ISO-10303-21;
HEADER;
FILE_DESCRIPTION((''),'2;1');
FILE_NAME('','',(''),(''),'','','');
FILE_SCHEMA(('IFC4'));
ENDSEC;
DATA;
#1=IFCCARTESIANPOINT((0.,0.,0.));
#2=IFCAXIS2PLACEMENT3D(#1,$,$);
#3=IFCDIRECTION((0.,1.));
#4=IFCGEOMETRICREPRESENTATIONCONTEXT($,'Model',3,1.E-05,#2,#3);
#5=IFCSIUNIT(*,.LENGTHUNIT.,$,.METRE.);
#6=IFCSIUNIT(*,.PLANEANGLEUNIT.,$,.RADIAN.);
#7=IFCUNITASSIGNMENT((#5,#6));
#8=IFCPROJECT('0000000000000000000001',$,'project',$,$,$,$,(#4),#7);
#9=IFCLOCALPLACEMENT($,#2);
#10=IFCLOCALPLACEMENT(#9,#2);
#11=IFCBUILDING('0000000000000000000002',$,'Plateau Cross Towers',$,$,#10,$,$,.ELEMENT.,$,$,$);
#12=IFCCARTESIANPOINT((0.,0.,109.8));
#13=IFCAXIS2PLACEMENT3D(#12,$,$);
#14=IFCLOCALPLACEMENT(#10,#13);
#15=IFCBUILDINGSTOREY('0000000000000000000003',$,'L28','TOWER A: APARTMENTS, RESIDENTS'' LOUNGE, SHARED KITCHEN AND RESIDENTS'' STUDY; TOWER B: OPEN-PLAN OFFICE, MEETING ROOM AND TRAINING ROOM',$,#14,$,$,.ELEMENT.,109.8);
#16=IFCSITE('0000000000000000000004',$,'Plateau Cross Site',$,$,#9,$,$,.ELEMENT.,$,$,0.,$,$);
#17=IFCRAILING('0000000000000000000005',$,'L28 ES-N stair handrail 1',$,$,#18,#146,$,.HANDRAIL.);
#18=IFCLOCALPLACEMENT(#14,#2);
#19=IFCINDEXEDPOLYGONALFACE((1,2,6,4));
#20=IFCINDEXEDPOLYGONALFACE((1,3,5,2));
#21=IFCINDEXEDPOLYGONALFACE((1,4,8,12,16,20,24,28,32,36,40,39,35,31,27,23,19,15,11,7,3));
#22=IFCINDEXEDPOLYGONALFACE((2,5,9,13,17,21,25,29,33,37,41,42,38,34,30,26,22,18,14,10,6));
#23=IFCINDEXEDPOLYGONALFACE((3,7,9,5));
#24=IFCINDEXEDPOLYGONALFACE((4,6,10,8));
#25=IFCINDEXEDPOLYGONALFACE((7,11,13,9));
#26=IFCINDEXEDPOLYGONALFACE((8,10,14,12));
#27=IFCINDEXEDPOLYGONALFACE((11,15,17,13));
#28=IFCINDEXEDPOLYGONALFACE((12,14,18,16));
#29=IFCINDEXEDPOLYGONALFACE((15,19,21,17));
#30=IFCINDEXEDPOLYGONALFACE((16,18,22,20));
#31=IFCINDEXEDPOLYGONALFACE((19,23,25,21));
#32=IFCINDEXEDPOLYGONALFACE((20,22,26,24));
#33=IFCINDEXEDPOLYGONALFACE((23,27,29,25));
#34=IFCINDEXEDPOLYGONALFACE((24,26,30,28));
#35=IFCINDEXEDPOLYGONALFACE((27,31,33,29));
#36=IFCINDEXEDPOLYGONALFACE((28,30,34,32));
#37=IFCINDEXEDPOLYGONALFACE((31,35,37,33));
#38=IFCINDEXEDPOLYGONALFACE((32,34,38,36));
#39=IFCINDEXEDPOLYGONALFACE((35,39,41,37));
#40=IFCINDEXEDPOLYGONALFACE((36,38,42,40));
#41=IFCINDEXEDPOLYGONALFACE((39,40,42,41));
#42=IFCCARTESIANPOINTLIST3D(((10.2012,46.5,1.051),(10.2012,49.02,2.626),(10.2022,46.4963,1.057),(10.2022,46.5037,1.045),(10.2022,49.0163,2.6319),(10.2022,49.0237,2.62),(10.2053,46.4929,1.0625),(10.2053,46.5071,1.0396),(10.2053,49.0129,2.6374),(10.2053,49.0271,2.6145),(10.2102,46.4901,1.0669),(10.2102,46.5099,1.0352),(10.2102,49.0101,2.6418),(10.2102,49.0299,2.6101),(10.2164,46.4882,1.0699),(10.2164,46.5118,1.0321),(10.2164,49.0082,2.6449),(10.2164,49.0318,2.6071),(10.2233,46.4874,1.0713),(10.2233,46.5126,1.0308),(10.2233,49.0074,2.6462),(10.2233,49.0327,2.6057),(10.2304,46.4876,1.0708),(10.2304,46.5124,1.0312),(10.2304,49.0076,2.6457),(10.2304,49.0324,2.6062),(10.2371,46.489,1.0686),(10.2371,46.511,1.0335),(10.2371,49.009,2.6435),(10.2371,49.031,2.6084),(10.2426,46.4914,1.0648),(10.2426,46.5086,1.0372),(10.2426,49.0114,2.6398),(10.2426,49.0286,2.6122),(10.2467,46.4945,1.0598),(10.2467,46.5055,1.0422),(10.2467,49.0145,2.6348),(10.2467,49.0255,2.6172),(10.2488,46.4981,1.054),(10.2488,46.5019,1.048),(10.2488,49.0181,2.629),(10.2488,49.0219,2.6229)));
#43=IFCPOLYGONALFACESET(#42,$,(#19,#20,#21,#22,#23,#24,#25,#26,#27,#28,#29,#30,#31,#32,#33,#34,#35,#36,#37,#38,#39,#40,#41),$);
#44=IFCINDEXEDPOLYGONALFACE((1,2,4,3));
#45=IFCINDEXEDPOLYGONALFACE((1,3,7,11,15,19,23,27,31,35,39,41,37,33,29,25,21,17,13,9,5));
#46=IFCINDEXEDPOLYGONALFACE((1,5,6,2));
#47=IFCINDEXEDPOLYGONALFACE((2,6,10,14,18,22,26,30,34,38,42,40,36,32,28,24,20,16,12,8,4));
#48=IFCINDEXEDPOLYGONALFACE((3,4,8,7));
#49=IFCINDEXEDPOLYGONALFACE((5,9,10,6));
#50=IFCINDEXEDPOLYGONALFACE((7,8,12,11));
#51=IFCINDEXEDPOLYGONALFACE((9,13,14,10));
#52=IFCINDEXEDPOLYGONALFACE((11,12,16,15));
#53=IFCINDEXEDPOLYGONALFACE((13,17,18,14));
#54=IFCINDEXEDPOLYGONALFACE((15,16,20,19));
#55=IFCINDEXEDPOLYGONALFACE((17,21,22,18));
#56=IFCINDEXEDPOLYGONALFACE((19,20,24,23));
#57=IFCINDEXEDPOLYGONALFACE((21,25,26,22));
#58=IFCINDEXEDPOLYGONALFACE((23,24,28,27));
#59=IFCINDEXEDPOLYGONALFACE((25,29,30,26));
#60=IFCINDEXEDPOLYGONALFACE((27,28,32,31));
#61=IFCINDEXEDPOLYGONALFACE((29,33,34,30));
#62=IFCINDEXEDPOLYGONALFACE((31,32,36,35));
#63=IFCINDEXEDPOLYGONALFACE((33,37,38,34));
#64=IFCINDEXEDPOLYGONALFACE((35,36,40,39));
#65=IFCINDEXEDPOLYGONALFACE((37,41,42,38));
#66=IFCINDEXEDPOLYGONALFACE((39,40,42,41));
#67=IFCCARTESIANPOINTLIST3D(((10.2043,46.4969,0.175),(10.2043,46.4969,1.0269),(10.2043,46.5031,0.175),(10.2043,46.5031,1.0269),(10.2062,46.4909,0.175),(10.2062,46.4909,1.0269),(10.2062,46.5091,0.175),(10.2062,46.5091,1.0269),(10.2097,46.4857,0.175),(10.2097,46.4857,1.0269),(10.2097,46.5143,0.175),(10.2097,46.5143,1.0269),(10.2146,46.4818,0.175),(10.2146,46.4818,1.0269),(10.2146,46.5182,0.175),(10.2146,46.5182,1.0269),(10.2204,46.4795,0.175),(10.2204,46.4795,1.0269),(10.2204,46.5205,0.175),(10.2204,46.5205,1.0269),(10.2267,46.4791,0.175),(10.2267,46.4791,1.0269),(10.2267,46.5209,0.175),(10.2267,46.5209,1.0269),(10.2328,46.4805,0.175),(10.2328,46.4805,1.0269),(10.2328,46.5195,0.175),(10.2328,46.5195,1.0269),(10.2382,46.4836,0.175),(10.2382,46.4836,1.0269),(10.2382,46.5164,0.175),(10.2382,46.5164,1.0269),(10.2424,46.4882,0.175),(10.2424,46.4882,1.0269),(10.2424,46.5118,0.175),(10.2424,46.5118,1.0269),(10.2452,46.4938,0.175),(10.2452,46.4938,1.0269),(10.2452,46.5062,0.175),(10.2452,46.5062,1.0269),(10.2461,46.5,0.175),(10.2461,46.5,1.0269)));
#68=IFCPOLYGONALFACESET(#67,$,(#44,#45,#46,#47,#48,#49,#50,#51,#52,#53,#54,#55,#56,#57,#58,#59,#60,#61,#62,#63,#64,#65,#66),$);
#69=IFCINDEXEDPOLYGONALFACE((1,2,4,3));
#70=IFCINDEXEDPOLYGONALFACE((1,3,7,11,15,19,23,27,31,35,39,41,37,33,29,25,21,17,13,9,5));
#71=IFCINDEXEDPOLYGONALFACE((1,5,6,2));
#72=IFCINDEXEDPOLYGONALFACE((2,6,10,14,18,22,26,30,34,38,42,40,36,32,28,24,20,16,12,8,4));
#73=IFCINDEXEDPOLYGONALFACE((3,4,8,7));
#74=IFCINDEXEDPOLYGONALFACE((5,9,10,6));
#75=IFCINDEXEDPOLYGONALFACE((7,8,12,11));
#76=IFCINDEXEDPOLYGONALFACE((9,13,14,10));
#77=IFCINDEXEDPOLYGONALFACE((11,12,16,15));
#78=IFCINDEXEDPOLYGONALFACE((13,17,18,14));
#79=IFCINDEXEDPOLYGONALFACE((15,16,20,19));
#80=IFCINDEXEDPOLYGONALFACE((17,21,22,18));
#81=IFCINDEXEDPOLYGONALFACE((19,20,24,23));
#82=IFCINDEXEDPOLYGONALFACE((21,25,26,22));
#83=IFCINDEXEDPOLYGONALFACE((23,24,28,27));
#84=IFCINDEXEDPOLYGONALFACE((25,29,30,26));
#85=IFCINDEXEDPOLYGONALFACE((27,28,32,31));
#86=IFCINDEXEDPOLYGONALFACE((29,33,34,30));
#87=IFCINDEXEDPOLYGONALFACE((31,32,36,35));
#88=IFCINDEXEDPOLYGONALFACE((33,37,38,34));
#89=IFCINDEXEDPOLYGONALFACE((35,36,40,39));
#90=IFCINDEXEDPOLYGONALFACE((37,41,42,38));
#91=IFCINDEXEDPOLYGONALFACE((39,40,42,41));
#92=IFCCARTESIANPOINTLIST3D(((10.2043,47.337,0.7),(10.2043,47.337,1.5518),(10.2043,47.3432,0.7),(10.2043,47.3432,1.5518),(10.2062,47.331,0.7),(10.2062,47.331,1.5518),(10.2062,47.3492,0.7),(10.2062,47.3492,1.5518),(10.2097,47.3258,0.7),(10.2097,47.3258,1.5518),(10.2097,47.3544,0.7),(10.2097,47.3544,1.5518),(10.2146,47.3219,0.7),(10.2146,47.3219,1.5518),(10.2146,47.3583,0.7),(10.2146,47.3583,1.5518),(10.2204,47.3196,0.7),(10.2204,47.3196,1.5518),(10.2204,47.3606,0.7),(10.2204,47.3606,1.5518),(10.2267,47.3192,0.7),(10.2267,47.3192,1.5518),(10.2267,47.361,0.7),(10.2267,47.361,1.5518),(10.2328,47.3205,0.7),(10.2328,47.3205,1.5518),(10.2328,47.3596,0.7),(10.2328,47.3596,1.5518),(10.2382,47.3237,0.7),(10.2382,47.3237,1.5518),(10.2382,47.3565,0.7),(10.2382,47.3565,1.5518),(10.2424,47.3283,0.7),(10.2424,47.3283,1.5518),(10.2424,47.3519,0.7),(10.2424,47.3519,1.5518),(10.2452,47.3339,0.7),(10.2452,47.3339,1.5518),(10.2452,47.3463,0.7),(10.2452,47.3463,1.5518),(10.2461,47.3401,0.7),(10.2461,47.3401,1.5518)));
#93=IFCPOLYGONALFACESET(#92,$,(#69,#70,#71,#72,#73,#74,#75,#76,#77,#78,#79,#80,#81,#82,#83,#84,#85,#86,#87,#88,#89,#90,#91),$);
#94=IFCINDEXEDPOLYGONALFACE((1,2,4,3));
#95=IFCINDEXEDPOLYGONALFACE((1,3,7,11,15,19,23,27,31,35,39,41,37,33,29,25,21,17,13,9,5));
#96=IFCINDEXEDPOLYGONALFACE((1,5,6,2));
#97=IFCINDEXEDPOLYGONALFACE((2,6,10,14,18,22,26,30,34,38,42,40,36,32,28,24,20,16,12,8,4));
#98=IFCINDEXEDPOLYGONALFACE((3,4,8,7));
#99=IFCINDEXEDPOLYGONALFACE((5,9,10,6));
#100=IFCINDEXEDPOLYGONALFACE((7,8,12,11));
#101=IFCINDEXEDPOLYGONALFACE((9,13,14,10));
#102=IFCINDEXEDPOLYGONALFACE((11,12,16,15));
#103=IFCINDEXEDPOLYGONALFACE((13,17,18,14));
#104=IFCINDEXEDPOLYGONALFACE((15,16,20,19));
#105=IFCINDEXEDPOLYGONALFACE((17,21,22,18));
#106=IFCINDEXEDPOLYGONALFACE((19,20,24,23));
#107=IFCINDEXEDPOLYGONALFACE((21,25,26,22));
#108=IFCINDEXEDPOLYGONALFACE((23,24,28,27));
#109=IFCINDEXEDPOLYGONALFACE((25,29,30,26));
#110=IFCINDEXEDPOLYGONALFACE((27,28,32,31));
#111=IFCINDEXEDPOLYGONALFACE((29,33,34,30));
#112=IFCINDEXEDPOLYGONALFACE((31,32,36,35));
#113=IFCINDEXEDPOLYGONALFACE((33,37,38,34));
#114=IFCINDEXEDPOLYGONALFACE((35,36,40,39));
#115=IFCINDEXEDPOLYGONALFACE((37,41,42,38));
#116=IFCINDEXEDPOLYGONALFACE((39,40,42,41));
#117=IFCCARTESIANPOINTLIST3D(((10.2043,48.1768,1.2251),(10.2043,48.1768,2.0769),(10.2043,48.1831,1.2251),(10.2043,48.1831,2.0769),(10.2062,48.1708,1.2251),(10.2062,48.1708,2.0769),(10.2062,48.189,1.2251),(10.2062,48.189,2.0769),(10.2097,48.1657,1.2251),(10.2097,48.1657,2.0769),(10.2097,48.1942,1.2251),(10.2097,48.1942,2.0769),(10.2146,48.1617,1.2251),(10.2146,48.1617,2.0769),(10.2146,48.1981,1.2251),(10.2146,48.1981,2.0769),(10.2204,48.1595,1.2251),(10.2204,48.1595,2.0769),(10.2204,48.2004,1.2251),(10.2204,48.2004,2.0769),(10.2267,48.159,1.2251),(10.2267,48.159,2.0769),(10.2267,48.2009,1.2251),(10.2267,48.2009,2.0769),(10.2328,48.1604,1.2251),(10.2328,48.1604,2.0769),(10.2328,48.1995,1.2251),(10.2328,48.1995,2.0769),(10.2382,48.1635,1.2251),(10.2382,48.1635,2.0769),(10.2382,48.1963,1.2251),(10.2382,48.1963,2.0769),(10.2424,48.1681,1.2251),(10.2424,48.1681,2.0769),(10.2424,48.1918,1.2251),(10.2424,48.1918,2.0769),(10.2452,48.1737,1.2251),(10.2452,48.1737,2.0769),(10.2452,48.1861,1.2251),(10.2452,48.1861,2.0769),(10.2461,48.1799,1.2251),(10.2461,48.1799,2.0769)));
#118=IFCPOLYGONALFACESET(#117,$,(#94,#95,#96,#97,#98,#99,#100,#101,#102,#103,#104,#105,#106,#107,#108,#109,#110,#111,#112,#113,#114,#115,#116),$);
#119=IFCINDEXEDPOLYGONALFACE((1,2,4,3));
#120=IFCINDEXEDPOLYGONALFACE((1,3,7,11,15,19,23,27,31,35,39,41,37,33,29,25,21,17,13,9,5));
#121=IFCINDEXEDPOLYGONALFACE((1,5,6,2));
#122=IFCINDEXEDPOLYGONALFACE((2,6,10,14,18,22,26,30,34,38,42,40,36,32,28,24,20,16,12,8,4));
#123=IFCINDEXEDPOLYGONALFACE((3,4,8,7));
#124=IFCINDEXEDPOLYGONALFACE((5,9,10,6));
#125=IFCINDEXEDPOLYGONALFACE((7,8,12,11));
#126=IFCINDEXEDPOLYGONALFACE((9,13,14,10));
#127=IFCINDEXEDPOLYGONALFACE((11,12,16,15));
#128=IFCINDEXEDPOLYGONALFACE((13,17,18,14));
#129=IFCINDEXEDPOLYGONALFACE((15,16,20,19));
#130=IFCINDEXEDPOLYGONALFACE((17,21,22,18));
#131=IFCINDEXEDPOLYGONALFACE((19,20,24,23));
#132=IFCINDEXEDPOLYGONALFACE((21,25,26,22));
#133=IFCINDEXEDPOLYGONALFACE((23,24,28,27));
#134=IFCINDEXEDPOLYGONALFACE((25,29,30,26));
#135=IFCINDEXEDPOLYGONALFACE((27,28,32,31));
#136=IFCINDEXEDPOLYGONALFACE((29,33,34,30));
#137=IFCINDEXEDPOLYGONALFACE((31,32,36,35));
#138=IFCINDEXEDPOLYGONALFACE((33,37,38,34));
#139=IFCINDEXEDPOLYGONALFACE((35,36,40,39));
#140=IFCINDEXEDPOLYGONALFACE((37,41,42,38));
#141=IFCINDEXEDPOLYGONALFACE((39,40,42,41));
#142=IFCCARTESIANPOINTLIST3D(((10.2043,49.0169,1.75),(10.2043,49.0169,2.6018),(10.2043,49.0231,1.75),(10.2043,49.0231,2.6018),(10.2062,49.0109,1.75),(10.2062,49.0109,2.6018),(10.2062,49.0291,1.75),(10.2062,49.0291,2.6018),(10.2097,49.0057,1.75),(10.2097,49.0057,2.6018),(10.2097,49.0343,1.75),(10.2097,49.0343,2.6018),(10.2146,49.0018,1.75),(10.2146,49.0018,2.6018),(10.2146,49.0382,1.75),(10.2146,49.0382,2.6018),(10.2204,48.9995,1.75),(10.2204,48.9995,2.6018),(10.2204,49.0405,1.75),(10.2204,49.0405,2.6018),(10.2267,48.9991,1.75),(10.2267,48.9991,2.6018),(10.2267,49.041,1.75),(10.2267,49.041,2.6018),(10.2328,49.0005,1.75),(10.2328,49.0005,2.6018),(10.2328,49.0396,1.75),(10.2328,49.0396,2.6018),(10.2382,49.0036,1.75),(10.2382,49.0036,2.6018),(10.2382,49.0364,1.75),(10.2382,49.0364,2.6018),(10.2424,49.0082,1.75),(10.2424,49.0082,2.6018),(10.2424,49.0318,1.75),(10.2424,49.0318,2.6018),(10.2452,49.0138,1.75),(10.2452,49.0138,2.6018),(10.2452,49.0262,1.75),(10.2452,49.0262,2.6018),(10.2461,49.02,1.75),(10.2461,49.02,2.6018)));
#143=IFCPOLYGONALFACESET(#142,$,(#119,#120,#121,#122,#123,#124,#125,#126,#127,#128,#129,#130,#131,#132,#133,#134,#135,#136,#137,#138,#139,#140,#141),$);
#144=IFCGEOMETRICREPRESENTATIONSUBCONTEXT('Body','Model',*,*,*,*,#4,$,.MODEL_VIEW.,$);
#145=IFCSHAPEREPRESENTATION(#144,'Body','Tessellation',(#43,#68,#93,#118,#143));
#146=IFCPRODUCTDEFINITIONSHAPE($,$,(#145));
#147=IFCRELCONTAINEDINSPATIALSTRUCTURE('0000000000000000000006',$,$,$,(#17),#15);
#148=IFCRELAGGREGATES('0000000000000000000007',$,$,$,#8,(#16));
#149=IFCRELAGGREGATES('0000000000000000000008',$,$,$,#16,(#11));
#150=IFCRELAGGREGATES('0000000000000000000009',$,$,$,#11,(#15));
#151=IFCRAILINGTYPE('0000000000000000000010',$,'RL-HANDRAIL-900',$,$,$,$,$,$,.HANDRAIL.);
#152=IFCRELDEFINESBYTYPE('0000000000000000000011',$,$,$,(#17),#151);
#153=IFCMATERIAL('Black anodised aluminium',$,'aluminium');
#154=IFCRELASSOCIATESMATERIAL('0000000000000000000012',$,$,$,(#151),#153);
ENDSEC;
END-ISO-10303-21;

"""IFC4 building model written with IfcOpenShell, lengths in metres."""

from ifc_helpers import new_model, si_unit, direction, frame, origin, origin_2d, place, context, subcontext, project, spatial, circle, extrude, material, type_object, element, save


model = new_model("IFC4")

# Units and contexts
model_context = context("Model", 3, precision=1e-05, world=origin(), true_north=direction((0.0, 1.0)))
body_context = subcontext(model_context, "Body", "Model", "MODEL_VIEW")
ifc_project = project(units=[si_unit("LENGTHUNIT", "METRE"), si_unit("PLANEANGLEUNIT", "RADIAN")], contexts=[model_context])

# Site, building, storey
site_placement = place(None, origin())
site = spatial("IfcSite", under=ifc_project, at=site_placement, Name="Plateau Cross Site", CompositionType="ELEMENT", RefElevation=0.0)
building_placement = place(site_placement, origin())
building = spatial("IfcBuilding", under=site, at=building_placement, Name="Plateau Cross Towers", CompositionType="ELEMENT")
storey_placement = place(building_placement, frame((0.0, 0.0, 109.8)))
storey = spatial("IfcBuildingStorey", under=building, at=storey_placement, Name="L28", Description="TOWER A: APARTMENTS, RESIDENTS' LOUNGE, SHARED KITCHEN AND RESIDENTS' STUDY; TOWER B: OPEN-PLAN OFFICE, MEETING ROOM AND TRAINING ROOM", CompositionType="ELEMENT", Elevation=109.8)

# Shared definitions
ifc_material_1 = material(Name="Black anodised aluminium", Category="aluminium")

# Railing
railing_type_1 = type_object("IfcRailingType", Name="RL-HANDRAIL-900", PredefinedType="HANDRAIL", material=ifc_material_1)
railing_1_placement = place(storey_placement, frame((10.2251, 46.5, 0.175)))
element("IfcRailing", 1, at=railing_1_placement, inside=storey, type_object=railing_type_1, Name="L28 ES-N stair handrail 1", PredefinedType="HANDRAIL", context=body_context, shape_type="SweptSolid", body=[
    extrude(circle(Radius=0.0239, at=origin_2d()), frame((0.0, 0.0, 0.876), z_axis=(0.0, 0.848008, 0.529984), x_axis=(-1.0, 0.0, 0.0)), (0.0, 0.0, 1.0), 2.9717),
    extrude(circle(Radius=0.021, at=origin_2d()), origin(), (0.0, 0.0, 1.0), 0.8518),
    extrude(circle(Radius=0.021, at=origin_2d()), frame((0.0, 0.8401, 0.5249)), (0.0, 0.0, 1.0), 0.8518),
    extrude(circle(Radius=0.021, at=origin_2d()), frame((0.0, 1.6799, 1.05)), (0.0, 0.0, 1.0), 0.8518),
    extrude(circle(Radius=0.021, at=origin_2d()), frame((0.0, 2.52, 1.575)), (0.0, 0.0, 1.0), 0.8518),
])

save(model, "model.ifc")
